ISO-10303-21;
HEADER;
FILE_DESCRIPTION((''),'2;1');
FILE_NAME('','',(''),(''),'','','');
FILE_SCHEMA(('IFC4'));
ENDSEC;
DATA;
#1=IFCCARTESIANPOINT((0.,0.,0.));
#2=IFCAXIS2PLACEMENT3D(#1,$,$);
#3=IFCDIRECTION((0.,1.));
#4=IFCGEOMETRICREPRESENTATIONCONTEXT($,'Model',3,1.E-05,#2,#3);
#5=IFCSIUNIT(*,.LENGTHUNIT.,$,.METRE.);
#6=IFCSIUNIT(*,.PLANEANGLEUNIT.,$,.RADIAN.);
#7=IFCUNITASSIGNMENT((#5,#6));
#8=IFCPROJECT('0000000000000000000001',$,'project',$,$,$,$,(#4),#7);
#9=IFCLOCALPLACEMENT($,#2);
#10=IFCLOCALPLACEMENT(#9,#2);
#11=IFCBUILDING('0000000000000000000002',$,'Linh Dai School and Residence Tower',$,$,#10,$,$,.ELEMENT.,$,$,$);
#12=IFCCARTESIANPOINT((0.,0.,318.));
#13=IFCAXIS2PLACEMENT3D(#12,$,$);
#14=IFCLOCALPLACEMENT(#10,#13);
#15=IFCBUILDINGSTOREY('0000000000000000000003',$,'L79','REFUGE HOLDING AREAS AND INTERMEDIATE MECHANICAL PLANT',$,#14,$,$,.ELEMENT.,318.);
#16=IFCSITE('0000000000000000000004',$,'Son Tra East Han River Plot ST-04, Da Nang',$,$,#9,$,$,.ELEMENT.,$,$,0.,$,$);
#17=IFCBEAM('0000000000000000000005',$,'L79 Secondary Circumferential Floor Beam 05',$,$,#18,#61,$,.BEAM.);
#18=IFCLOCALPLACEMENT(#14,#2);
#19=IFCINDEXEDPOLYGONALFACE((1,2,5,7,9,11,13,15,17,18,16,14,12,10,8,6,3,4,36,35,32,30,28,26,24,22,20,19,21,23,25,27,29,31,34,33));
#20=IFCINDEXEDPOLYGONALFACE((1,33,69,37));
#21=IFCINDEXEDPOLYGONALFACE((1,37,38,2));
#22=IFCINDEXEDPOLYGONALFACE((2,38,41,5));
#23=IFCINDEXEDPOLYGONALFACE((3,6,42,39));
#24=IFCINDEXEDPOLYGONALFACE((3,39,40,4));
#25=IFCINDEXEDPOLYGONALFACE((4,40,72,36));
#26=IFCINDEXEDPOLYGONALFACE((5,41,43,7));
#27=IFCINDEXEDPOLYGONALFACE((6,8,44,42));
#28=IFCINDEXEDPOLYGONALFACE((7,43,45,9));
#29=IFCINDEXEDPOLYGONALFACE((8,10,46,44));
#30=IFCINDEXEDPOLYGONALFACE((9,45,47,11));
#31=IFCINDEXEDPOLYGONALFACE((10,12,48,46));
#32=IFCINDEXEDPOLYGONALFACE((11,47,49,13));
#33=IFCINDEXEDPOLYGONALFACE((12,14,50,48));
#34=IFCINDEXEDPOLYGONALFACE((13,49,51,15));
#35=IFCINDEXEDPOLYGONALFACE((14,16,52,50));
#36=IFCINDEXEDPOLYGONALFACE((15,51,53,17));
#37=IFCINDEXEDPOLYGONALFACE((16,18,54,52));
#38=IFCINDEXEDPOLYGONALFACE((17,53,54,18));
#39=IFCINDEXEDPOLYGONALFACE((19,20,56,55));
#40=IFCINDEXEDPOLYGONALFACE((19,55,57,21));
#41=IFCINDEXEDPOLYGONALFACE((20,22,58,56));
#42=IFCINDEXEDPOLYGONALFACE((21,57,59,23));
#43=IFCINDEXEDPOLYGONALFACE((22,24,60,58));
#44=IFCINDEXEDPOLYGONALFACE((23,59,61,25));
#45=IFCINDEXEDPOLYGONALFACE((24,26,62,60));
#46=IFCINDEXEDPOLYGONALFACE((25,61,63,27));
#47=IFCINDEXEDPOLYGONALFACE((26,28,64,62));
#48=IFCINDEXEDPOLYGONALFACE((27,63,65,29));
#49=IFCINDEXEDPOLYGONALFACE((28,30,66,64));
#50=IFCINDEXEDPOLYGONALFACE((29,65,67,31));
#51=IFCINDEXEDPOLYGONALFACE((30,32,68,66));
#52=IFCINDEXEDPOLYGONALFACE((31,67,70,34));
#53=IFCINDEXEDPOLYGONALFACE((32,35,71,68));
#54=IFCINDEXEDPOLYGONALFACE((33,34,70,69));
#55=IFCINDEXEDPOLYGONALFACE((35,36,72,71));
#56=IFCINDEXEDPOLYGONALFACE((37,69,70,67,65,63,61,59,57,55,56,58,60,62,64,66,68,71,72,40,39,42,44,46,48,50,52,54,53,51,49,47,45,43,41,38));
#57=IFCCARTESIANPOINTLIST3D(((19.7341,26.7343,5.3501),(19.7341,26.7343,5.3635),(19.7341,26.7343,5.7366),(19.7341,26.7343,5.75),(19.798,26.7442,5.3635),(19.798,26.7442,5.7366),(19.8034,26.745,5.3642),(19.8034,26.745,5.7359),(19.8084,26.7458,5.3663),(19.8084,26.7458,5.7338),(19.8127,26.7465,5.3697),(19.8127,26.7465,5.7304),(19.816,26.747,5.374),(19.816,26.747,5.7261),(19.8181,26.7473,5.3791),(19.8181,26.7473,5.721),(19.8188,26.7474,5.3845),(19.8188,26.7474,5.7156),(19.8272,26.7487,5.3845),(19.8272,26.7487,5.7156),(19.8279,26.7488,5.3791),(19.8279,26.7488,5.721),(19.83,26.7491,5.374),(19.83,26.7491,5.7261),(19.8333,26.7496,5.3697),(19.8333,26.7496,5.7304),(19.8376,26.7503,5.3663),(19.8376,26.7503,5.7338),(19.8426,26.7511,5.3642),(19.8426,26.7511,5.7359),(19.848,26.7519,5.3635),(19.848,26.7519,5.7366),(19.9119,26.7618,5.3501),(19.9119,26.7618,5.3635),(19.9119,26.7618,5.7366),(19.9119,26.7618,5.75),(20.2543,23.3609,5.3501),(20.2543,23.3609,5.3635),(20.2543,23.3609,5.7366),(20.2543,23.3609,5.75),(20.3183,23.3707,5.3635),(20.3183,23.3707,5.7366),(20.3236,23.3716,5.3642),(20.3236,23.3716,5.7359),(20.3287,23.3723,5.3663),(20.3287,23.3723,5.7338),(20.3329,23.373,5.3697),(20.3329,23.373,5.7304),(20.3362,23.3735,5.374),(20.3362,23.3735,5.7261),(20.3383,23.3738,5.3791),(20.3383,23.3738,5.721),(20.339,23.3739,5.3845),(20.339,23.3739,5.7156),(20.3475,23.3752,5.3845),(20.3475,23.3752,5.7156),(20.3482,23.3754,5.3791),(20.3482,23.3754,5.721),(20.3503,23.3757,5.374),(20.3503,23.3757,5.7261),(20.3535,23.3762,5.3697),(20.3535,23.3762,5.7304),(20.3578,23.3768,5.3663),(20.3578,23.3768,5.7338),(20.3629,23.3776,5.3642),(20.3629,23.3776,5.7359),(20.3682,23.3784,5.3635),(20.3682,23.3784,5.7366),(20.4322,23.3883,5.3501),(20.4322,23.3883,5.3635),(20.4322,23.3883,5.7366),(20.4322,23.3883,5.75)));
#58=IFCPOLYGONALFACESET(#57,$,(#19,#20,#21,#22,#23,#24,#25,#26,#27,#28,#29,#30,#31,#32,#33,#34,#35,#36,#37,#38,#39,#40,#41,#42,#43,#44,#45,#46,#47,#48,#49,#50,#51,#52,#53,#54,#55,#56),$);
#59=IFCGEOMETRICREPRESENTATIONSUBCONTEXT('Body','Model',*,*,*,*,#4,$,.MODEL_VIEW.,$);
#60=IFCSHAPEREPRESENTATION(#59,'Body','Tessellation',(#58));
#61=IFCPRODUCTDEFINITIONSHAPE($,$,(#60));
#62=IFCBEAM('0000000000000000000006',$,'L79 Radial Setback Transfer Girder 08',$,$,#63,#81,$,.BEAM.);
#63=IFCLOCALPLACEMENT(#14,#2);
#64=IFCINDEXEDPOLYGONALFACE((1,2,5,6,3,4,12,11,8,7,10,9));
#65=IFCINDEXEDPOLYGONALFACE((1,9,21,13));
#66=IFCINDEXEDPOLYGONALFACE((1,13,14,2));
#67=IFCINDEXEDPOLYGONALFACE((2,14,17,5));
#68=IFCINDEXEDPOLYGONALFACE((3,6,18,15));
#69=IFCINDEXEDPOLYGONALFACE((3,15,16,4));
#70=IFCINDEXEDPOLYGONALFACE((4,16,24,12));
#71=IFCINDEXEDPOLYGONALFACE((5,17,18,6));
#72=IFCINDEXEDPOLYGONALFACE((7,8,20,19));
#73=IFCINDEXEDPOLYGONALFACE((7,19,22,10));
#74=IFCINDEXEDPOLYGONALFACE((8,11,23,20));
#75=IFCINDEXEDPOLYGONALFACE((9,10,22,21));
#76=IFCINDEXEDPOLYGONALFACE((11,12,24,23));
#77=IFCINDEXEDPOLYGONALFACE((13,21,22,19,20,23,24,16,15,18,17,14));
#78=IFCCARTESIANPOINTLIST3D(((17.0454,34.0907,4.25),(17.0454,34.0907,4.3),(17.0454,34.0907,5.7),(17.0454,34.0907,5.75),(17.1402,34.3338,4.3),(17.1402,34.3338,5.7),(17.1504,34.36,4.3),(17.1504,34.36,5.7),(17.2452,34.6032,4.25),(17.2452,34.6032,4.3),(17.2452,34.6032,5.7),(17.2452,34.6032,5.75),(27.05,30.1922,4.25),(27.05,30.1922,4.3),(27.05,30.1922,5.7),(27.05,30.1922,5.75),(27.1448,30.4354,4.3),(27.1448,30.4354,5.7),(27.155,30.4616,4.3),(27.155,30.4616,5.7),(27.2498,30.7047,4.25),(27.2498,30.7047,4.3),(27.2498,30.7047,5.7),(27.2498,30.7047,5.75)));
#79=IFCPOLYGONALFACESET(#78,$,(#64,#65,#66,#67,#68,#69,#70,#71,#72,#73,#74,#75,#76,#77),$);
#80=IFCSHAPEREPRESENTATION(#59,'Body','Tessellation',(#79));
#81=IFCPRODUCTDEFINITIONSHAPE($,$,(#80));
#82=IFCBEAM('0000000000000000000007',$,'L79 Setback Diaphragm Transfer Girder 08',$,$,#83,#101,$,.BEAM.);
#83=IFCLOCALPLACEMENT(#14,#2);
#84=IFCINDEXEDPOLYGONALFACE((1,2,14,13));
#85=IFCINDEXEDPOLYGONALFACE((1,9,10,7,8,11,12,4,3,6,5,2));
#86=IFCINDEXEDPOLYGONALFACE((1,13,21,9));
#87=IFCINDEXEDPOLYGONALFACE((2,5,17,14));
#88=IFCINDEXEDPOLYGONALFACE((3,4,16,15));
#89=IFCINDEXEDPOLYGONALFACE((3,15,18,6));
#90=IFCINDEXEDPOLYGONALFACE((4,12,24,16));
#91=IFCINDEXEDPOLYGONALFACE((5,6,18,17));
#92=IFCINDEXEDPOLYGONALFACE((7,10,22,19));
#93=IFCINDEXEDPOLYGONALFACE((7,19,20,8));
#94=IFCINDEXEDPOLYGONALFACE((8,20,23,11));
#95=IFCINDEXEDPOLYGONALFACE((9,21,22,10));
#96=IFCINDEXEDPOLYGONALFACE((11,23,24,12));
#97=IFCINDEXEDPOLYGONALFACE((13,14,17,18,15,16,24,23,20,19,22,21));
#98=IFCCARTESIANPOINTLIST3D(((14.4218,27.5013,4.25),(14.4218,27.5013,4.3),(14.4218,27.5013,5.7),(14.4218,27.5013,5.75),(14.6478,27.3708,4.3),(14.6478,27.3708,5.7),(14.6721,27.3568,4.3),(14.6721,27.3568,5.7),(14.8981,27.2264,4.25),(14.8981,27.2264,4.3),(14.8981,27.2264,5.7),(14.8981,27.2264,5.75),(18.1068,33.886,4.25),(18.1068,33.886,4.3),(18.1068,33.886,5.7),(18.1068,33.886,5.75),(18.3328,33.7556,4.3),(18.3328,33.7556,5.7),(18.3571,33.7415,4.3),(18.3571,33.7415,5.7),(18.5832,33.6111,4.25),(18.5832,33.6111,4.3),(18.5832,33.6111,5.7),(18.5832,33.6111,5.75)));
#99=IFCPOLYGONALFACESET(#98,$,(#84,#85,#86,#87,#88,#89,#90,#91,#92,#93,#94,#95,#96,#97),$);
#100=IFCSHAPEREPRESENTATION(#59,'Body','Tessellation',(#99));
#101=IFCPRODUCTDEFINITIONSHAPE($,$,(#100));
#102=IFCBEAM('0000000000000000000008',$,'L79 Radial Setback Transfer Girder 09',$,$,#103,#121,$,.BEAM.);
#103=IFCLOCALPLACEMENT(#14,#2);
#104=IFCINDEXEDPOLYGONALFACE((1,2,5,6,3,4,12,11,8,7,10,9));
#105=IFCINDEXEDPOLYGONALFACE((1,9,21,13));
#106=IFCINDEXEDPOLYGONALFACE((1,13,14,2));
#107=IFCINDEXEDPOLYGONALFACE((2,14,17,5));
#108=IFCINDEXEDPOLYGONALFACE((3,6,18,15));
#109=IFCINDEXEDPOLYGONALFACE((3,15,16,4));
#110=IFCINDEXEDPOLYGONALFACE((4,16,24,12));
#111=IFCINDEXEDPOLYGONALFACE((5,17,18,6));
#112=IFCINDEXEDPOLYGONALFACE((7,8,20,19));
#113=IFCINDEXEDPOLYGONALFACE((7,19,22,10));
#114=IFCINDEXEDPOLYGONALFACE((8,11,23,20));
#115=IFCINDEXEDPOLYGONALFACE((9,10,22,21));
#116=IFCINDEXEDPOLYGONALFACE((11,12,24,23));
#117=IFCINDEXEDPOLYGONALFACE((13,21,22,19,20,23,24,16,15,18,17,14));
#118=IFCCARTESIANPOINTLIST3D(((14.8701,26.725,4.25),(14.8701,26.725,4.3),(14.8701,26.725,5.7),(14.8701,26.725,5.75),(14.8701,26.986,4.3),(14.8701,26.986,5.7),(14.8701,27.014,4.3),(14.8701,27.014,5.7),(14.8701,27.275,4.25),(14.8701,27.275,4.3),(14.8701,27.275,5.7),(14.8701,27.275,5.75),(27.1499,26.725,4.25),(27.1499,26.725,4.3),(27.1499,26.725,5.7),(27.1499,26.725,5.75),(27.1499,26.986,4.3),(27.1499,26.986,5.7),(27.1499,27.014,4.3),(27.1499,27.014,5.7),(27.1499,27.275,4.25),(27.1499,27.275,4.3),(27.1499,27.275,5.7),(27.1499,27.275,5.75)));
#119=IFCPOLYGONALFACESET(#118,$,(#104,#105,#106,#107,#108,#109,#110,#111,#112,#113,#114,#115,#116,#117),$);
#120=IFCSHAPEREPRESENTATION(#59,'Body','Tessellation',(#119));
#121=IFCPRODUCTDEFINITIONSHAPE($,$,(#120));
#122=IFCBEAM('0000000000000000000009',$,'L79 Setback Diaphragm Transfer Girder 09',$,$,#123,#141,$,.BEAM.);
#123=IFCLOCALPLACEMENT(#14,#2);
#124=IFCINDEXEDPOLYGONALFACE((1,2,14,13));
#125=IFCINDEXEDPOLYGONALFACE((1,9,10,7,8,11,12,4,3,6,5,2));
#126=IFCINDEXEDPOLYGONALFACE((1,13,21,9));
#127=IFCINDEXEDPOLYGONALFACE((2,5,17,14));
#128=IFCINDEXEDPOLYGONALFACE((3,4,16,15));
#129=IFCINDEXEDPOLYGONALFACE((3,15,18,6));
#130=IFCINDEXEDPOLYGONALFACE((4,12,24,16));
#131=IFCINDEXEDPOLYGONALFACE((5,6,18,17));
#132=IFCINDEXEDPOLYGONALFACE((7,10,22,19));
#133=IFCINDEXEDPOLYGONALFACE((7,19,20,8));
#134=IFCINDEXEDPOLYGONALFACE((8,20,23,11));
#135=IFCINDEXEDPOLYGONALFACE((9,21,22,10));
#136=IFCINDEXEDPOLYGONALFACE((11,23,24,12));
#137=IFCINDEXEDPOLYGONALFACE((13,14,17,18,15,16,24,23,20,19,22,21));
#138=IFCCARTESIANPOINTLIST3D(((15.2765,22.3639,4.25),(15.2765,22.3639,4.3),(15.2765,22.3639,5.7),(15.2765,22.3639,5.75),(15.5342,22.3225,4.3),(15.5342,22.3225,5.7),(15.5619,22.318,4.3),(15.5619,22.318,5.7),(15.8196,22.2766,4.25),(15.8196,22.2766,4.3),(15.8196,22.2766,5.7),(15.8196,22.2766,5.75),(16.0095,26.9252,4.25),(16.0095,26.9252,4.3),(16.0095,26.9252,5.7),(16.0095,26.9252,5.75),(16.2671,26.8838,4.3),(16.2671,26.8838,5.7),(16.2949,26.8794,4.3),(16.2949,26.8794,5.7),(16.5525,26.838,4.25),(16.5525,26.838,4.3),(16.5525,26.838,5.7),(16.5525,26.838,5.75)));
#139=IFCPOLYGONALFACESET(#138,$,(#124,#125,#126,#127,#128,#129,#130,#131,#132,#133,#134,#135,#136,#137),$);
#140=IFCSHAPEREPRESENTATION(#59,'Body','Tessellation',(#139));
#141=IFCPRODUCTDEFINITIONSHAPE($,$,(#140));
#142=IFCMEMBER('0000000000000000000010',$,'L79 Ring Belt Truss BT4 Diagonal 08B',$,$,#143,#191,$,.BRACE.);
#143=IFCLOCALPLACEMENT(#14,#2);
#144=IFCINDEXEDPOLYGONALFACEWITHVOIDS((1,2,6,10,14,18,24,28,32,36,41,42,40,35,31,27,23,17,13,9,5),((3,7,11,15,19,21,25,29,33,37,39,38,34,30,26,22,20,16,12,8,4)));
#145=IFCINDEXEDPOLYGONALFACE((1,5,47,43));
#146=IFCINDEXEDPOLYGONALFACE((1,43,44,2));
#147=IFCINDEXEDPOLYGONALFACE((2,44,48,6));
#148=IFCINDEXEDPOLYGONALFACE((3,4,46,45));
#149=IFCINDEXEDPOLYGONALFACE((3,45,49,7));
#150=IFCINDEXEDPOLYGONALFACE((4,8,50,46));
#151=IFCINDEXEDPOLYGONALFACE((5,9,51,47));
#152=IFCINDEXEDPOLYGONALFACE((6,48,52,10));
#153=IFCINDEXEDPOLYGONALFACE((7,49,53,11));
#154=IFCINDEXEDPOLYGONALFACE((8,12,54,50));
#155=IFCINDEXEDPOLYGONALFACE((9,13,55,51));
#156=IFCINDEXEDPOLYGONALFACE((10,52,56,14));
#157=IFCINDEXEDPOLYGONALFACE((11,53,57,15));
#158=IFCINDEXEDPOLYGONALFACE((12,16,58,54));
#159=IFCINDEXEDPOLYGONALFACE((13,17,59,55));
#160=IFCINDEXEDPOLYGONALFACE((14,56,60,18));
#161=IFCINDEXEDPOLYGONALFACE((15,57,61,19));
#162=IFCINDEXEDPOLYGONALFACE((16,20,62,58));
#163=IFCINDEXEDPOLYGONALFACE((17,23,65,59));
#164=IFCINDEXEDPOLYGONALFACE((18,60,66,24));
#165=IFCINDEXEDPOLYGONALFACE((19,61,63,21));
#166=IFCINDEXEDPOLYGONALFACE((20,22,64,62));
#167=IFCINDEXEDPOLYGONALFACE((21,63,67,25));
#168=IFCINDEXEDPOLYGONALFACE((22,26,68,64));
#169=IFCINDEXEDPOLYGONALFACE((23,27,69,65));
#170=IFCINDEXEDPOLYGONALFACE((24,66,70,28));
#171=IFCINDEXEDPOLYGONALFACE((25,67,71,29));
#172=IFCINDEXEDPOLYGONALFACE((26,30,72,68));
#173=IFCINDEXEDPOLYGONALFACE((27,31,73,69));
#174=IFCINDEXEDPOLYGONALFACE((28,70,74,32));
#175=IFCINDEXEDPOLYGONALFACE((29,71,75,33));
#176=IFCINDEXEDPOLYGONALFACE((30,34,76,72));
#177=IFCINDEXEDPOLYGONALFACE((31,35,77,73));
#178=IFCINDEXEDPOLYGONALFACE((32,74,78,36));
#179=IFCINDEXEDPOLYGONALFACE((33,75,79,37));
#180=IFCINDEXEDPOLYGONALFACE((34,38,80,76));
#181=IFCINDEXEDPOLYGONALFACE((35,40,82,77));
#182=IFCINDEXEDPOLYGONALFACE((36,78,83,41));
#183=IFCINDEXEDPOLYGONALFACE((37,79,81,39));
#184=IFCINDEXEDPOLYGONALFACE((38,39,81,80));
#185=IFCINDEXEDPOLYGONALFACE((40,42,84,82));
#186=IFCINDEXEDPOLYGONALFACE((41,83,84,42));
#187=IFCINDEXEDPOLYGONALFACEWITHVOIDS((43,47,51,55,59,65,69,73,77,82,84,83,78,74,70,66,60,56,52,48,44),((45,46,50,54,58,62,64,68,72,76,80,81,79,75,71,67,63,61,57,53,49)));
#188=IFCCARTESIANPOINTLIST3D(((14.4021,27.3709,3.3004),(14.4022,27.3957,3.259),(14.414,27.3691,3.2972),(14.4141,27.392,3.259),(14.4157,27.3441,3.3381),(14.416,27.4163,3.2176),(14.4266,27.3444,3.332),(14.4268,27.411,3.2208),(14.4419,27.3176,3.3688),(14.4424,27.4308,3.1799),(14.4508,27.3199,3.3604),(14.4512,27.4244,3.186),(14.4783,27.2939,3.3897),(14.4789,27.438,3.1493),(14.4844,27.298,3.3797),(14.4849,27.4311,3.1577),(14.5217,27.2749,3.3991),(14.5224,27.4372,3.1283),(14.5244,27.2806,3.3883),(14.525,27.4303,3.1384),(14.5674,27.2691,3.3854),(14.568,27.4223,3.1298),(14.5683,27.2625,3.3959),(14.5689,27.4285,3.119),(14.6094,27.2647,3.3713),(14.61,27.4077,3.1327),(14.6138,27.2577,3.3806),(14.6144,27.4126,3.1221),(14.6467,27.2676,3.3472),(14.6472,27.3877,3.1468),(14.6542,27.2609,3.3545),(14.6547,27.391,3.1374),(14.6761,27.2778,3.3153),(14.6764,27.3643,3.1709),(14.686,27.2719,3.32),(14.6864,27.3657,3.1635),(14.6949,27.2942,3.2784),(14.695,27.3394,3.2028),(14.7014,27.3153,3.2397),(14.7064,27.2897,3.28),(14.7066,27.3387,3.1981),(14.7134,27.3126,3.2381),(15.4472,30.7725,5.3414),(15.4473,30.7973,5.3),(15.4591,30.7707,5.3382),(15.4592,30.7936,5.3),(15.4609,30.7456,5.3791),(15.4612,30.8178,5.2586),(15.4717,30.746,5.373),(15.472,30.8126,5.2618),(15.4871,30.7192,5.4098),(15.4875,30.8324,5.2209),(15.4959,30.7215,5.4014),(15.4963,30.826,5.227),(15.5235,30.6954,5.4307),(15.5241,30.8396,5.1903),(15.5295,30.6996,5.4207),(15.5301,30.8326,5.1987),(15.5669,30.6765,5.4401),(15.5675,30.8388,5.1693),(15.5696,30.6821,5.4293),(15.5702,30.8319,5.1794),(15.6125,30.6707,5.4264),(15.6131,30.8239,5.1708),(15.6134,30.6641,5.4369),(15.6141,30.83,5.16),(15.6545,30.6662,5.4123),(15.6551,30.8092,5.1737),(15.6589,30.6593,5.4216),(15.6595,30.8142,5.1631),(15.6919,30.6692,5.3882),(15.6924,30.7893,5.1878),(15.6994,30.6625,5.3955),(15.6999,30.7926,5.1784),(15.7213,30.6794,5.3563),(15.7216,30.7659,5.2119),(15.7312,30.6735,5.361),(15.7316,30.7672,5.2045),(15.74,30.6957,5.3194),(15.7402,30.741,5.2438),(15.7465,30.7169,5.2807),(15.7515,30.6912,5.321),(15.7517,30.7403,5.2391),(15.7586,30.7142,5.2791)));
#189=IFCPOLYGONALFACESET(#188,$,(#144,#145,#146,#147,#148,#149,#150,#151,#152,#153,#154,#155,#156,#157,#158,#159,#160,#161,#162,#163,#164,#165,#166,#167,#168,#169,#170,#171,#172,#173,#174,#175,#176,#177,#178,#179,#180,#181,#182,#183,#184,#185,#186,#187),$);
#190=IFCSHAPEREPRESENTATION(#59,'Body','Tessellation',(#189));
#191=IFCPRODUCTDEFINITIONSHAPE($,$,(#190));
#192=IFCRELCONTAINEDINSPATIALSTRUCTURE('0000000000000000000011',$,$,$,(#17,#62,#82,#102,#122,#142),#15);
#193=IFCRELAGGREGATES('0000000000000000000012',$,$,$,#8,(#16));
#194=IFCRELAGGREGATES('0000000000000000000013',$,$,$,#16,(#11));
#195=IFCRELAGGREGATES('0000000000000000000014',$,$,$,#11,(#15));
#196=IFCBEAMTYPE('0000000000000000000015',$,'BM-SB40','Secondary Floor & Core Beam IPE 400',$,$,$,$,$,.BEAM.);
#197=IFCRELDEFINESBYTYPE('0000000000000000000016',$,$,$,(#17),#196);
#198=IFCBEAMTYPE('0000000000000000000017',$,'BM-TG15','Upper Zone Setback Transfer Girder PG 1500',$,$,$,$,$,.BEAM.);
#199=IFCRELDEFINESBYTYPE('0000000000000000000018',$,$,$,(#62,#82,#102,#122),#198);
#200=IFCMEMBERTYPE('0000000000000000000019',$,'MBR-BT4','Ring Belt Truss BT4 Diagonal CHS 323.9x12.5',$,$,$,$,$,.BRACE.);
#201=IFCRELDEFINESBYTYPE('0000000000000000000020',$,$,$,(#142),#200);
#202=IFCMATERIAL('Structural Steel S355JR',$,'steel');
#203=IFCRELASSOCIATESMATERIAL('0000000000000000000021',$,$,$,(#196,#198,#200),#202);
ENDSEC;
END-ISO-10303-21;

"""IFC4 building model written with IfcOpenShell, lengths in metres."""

from ifc_helpers import new_model, si_unit, direction, frame, origin, origin_2d, place, context, subcontext, project, spatial, hollow_circle, i_section, extrude, material, material_profile, profile_set, type_object, element, save


model = new_model("IFC4")

# Units and contexts
model_context = context("Model", 3, precision=1e-05, world=origin(), true_north=direction((0.0, 1.0)))
body_context = subcontext(model_context, "Body", "Model", "MODEL_VIEW")
ifc_project = project(units=[si_unit("LENGTHUNIT", "METRE"), si_unit("PLANEANGLEUNIT", "RADIAN")], contexts=[model_context])

# Site, building, storey
site_placement = place(None, origin())
site = spatial("IfcSite", under=ifc_project, at=site_placement, Name="Son Tra East Han River Plot ST-04, Da Nang", CompositionType="ELEMENT", RefElevation=0.0)
building_placement = place(site_placement, origin())
building = spatial("IfcBuilding", under=site, at=building_placement, Name="Linh Dai School and Residence Tower", CompositionType="ELEMENT")
storey_placement = place(building_placement, frame((0.0, 0.0, 318.0)))
storey = spatial("IfcBuildingStorey", under=building, at=storey_placement, Name="L79", Description="REFUGE HOLDING AREAS AND INTERMEDIATE MECHANICAL PLANT", CompositionType="ELEMENT", Elevation=318.0)

# Shared definitions
ifc_material_1 = material(Name="Structural Steel S355JR", Category="steel")

# Beams
ifc_material_profile_1 = material_profile(ifc_material_1, i_section(OverallWidth=0.1799, OverallDepth=0.3999, WebThickness=0.0085, FlangeThickness=0.0134, FilletRadius=0.021, at=origin_2d()), Name="IPE 400")
ifc_profile_set_1 = profile_set([ifc_material_profile_1], Name="Structural Steel S355JR")
beam_type_1 = type_object("IfcBeamType", Name="BM-SB40", Description="Secondary Floor & Core Beam IPE 400", PredefinedType="BEAM", material=ifc_profile_set_1)
beam_1_placement = place(storey_placement, frame((19.823, 26.748, 5.55), z_axis=(0.152417, -0.988316, 0.0), x_axis=(0.988316, 0.152417, 0.0)))
element("IfcBeam", 1, at=beam_1_placement, inside=storey, type_object=beam_type_1, Name="L79 Secondary Circumferential Floor Beam 05", PredefinedType="BEAM", context=body_context, shape_type="SweptSolid", body=[
    extrude(i_section(OverallWidth=0.1799, OverallDepth=0.3999, WebThickness=0.0085, FlangeThickness=0.0134, FilletRadius=0.021, at=origin_2d()), origin(), (0.0, 0.0, 1.0), 3.4133),
])
ifc_material_profile_2 = material_profile(ifc_material_1, i_section(OverallWidth=0.55, OverallDepth=1.5, WebThickness=0.0281, FlangeThickness=0.05, at=origin_2d()), Name="PG 1500x550x28x50")
ifc_profile_set_2 = profile_set([ifc_material_profile_2], Name="Structural Steel S355JR")
beam_type_2 = type_object("IfcBeamType", Name="BM-TG15", Description="Upper Zone Setback Transfer Girder PG 1500", PredefinedType="BEAM", material=ifc_profile_set_2)
beam_2_placement = place(storey_placement, frame((27.1499, 30.4485, 5.0), z_axis=(-0.931761, 0.363073, 0.0), x_axis=(-0.363073, -0.931761, 0.0)))
element("IfcBeam", 2, at=beam_2_placement, inside=storey, type_object=beam_type_2, Name="L79 Radial Setback Transfer Girder 08", PredefinedType="BEAM", context=body_context, shape_type="SweptSolid", body=[
    extrude(i_section(OverallWidth=0.55, OverallDepth=1.5, WebThickness=0.0281, FlangeThickness=0.05, at=origin_2d()), origin(), (0.0, 0.0, 1.0), 10.7373),
])
beam_3_placement = place(storey_placement, frame((18.345, 33.7485, 5.0), z_axis=(-0.499879, -0.866095, 0.0), x_axis=(0.866095, -0.499879, 0.0)))
element("IfcBeam", 3, at=beam_3_placement, inside=storey, type_object=beam_type_2, Name="L79 Setback Diaphragm Transfer Girder 08", PredefinedType="BEAM", context=body_context, shape_type="SweptSolid", body=[
    extrude(i_section(OverallWidth=0.55, OverallDepth=1.5, WebThickness=0.0281, FlangeThickness=0.05, at=origin_2d()), origin(), (0.0, 0.0, 1.0), 7.3718),
])
beam_4_placement = place(storey_placement, frame((27.1499, 27.0, 5.0), z_axis=(-1.0, 0.0, 0.0), x_axis=(0.0, -1.0, 0.0)))
element("IfcBeam", 4, at=beam_4_placement, inside=storey, type_object=beam_type_2, Name="L79 Radial Setback Transfer Girder 09", PredefinedType="BEAM", context=body_context, shape_type="SweptSolid", body=[
    extrude(i_section(OverallWidth=0.55, OverallDepth=1.5, WebThickness=0.0281, FlangeThickness=0.05, at=origin_2d()), origin(), (0.0, 0.0, 1.0), 12.2798),
])
beam_5_placement = place(storey_placement, frame((16.281, 26.8816, 5.0), z_axis=(-0.158646, -0.987336, 0.0), x_axis=(0.987336, -0.158646, 0.0)))
element("IfcBeam", 5, at=beam_5_placement, inside=storey, type_object=beam_type_2, Name="L79 Setback Diaphragm Transfer Girder 09", PredefinedType="BEAM", context=body_context, shape_type="SweptSolid", body=[
    extrude(i_section(OverallWidth=0.55, OverallDepth=1.5, WebThickness=0.0281, FlangeThickness=0.05, at=origin_2d()), origin(), (0.0, 0.0, 1.0), 4.6199),
])

# Member
ifc_material_profile_3 = material_profile(ifc_material_1, hollow_circle(Radius=0.1619, WallThickness=0.0125, at=origin_2d()), Name="CHS 323.9x12.5")
ifc_profile_set_3 = profile_set([ifc_material_profile_3], Name="Structural Steel S355JR")
member_type_1 = type_object("IfcMemberType", Name="MBR-BT4", Description="Ring Belt Truss BT4 Diagonal CHS 323.9x12.5", PredefinedType="BRACE", material=ifc_profile_set_3)
member_1_placement = place(storey_placement, frame((14.5569, 27.3481, 3.259), z_axis=(0.254774, 0.829191, 0.497526), x_axis=(-0.955896, 0.293705, 0.0)))
element("IfcMember", 6, at=member_1_placement, inside=storey, type_object=member_type_1, Name="L79 Ring Belt Truss BT4 Diagonal 08B", PredefinedType="BRACE", context=body_context, shape_type="SweptSolid", body=[
    extrude(hollow_circle(Radius=0.1619, WallThickness=0.0125, at=origin_2d()), origin(), (0.0, 0.0, 1.0), 4.1023),
])

save(model, "model.ifc")
